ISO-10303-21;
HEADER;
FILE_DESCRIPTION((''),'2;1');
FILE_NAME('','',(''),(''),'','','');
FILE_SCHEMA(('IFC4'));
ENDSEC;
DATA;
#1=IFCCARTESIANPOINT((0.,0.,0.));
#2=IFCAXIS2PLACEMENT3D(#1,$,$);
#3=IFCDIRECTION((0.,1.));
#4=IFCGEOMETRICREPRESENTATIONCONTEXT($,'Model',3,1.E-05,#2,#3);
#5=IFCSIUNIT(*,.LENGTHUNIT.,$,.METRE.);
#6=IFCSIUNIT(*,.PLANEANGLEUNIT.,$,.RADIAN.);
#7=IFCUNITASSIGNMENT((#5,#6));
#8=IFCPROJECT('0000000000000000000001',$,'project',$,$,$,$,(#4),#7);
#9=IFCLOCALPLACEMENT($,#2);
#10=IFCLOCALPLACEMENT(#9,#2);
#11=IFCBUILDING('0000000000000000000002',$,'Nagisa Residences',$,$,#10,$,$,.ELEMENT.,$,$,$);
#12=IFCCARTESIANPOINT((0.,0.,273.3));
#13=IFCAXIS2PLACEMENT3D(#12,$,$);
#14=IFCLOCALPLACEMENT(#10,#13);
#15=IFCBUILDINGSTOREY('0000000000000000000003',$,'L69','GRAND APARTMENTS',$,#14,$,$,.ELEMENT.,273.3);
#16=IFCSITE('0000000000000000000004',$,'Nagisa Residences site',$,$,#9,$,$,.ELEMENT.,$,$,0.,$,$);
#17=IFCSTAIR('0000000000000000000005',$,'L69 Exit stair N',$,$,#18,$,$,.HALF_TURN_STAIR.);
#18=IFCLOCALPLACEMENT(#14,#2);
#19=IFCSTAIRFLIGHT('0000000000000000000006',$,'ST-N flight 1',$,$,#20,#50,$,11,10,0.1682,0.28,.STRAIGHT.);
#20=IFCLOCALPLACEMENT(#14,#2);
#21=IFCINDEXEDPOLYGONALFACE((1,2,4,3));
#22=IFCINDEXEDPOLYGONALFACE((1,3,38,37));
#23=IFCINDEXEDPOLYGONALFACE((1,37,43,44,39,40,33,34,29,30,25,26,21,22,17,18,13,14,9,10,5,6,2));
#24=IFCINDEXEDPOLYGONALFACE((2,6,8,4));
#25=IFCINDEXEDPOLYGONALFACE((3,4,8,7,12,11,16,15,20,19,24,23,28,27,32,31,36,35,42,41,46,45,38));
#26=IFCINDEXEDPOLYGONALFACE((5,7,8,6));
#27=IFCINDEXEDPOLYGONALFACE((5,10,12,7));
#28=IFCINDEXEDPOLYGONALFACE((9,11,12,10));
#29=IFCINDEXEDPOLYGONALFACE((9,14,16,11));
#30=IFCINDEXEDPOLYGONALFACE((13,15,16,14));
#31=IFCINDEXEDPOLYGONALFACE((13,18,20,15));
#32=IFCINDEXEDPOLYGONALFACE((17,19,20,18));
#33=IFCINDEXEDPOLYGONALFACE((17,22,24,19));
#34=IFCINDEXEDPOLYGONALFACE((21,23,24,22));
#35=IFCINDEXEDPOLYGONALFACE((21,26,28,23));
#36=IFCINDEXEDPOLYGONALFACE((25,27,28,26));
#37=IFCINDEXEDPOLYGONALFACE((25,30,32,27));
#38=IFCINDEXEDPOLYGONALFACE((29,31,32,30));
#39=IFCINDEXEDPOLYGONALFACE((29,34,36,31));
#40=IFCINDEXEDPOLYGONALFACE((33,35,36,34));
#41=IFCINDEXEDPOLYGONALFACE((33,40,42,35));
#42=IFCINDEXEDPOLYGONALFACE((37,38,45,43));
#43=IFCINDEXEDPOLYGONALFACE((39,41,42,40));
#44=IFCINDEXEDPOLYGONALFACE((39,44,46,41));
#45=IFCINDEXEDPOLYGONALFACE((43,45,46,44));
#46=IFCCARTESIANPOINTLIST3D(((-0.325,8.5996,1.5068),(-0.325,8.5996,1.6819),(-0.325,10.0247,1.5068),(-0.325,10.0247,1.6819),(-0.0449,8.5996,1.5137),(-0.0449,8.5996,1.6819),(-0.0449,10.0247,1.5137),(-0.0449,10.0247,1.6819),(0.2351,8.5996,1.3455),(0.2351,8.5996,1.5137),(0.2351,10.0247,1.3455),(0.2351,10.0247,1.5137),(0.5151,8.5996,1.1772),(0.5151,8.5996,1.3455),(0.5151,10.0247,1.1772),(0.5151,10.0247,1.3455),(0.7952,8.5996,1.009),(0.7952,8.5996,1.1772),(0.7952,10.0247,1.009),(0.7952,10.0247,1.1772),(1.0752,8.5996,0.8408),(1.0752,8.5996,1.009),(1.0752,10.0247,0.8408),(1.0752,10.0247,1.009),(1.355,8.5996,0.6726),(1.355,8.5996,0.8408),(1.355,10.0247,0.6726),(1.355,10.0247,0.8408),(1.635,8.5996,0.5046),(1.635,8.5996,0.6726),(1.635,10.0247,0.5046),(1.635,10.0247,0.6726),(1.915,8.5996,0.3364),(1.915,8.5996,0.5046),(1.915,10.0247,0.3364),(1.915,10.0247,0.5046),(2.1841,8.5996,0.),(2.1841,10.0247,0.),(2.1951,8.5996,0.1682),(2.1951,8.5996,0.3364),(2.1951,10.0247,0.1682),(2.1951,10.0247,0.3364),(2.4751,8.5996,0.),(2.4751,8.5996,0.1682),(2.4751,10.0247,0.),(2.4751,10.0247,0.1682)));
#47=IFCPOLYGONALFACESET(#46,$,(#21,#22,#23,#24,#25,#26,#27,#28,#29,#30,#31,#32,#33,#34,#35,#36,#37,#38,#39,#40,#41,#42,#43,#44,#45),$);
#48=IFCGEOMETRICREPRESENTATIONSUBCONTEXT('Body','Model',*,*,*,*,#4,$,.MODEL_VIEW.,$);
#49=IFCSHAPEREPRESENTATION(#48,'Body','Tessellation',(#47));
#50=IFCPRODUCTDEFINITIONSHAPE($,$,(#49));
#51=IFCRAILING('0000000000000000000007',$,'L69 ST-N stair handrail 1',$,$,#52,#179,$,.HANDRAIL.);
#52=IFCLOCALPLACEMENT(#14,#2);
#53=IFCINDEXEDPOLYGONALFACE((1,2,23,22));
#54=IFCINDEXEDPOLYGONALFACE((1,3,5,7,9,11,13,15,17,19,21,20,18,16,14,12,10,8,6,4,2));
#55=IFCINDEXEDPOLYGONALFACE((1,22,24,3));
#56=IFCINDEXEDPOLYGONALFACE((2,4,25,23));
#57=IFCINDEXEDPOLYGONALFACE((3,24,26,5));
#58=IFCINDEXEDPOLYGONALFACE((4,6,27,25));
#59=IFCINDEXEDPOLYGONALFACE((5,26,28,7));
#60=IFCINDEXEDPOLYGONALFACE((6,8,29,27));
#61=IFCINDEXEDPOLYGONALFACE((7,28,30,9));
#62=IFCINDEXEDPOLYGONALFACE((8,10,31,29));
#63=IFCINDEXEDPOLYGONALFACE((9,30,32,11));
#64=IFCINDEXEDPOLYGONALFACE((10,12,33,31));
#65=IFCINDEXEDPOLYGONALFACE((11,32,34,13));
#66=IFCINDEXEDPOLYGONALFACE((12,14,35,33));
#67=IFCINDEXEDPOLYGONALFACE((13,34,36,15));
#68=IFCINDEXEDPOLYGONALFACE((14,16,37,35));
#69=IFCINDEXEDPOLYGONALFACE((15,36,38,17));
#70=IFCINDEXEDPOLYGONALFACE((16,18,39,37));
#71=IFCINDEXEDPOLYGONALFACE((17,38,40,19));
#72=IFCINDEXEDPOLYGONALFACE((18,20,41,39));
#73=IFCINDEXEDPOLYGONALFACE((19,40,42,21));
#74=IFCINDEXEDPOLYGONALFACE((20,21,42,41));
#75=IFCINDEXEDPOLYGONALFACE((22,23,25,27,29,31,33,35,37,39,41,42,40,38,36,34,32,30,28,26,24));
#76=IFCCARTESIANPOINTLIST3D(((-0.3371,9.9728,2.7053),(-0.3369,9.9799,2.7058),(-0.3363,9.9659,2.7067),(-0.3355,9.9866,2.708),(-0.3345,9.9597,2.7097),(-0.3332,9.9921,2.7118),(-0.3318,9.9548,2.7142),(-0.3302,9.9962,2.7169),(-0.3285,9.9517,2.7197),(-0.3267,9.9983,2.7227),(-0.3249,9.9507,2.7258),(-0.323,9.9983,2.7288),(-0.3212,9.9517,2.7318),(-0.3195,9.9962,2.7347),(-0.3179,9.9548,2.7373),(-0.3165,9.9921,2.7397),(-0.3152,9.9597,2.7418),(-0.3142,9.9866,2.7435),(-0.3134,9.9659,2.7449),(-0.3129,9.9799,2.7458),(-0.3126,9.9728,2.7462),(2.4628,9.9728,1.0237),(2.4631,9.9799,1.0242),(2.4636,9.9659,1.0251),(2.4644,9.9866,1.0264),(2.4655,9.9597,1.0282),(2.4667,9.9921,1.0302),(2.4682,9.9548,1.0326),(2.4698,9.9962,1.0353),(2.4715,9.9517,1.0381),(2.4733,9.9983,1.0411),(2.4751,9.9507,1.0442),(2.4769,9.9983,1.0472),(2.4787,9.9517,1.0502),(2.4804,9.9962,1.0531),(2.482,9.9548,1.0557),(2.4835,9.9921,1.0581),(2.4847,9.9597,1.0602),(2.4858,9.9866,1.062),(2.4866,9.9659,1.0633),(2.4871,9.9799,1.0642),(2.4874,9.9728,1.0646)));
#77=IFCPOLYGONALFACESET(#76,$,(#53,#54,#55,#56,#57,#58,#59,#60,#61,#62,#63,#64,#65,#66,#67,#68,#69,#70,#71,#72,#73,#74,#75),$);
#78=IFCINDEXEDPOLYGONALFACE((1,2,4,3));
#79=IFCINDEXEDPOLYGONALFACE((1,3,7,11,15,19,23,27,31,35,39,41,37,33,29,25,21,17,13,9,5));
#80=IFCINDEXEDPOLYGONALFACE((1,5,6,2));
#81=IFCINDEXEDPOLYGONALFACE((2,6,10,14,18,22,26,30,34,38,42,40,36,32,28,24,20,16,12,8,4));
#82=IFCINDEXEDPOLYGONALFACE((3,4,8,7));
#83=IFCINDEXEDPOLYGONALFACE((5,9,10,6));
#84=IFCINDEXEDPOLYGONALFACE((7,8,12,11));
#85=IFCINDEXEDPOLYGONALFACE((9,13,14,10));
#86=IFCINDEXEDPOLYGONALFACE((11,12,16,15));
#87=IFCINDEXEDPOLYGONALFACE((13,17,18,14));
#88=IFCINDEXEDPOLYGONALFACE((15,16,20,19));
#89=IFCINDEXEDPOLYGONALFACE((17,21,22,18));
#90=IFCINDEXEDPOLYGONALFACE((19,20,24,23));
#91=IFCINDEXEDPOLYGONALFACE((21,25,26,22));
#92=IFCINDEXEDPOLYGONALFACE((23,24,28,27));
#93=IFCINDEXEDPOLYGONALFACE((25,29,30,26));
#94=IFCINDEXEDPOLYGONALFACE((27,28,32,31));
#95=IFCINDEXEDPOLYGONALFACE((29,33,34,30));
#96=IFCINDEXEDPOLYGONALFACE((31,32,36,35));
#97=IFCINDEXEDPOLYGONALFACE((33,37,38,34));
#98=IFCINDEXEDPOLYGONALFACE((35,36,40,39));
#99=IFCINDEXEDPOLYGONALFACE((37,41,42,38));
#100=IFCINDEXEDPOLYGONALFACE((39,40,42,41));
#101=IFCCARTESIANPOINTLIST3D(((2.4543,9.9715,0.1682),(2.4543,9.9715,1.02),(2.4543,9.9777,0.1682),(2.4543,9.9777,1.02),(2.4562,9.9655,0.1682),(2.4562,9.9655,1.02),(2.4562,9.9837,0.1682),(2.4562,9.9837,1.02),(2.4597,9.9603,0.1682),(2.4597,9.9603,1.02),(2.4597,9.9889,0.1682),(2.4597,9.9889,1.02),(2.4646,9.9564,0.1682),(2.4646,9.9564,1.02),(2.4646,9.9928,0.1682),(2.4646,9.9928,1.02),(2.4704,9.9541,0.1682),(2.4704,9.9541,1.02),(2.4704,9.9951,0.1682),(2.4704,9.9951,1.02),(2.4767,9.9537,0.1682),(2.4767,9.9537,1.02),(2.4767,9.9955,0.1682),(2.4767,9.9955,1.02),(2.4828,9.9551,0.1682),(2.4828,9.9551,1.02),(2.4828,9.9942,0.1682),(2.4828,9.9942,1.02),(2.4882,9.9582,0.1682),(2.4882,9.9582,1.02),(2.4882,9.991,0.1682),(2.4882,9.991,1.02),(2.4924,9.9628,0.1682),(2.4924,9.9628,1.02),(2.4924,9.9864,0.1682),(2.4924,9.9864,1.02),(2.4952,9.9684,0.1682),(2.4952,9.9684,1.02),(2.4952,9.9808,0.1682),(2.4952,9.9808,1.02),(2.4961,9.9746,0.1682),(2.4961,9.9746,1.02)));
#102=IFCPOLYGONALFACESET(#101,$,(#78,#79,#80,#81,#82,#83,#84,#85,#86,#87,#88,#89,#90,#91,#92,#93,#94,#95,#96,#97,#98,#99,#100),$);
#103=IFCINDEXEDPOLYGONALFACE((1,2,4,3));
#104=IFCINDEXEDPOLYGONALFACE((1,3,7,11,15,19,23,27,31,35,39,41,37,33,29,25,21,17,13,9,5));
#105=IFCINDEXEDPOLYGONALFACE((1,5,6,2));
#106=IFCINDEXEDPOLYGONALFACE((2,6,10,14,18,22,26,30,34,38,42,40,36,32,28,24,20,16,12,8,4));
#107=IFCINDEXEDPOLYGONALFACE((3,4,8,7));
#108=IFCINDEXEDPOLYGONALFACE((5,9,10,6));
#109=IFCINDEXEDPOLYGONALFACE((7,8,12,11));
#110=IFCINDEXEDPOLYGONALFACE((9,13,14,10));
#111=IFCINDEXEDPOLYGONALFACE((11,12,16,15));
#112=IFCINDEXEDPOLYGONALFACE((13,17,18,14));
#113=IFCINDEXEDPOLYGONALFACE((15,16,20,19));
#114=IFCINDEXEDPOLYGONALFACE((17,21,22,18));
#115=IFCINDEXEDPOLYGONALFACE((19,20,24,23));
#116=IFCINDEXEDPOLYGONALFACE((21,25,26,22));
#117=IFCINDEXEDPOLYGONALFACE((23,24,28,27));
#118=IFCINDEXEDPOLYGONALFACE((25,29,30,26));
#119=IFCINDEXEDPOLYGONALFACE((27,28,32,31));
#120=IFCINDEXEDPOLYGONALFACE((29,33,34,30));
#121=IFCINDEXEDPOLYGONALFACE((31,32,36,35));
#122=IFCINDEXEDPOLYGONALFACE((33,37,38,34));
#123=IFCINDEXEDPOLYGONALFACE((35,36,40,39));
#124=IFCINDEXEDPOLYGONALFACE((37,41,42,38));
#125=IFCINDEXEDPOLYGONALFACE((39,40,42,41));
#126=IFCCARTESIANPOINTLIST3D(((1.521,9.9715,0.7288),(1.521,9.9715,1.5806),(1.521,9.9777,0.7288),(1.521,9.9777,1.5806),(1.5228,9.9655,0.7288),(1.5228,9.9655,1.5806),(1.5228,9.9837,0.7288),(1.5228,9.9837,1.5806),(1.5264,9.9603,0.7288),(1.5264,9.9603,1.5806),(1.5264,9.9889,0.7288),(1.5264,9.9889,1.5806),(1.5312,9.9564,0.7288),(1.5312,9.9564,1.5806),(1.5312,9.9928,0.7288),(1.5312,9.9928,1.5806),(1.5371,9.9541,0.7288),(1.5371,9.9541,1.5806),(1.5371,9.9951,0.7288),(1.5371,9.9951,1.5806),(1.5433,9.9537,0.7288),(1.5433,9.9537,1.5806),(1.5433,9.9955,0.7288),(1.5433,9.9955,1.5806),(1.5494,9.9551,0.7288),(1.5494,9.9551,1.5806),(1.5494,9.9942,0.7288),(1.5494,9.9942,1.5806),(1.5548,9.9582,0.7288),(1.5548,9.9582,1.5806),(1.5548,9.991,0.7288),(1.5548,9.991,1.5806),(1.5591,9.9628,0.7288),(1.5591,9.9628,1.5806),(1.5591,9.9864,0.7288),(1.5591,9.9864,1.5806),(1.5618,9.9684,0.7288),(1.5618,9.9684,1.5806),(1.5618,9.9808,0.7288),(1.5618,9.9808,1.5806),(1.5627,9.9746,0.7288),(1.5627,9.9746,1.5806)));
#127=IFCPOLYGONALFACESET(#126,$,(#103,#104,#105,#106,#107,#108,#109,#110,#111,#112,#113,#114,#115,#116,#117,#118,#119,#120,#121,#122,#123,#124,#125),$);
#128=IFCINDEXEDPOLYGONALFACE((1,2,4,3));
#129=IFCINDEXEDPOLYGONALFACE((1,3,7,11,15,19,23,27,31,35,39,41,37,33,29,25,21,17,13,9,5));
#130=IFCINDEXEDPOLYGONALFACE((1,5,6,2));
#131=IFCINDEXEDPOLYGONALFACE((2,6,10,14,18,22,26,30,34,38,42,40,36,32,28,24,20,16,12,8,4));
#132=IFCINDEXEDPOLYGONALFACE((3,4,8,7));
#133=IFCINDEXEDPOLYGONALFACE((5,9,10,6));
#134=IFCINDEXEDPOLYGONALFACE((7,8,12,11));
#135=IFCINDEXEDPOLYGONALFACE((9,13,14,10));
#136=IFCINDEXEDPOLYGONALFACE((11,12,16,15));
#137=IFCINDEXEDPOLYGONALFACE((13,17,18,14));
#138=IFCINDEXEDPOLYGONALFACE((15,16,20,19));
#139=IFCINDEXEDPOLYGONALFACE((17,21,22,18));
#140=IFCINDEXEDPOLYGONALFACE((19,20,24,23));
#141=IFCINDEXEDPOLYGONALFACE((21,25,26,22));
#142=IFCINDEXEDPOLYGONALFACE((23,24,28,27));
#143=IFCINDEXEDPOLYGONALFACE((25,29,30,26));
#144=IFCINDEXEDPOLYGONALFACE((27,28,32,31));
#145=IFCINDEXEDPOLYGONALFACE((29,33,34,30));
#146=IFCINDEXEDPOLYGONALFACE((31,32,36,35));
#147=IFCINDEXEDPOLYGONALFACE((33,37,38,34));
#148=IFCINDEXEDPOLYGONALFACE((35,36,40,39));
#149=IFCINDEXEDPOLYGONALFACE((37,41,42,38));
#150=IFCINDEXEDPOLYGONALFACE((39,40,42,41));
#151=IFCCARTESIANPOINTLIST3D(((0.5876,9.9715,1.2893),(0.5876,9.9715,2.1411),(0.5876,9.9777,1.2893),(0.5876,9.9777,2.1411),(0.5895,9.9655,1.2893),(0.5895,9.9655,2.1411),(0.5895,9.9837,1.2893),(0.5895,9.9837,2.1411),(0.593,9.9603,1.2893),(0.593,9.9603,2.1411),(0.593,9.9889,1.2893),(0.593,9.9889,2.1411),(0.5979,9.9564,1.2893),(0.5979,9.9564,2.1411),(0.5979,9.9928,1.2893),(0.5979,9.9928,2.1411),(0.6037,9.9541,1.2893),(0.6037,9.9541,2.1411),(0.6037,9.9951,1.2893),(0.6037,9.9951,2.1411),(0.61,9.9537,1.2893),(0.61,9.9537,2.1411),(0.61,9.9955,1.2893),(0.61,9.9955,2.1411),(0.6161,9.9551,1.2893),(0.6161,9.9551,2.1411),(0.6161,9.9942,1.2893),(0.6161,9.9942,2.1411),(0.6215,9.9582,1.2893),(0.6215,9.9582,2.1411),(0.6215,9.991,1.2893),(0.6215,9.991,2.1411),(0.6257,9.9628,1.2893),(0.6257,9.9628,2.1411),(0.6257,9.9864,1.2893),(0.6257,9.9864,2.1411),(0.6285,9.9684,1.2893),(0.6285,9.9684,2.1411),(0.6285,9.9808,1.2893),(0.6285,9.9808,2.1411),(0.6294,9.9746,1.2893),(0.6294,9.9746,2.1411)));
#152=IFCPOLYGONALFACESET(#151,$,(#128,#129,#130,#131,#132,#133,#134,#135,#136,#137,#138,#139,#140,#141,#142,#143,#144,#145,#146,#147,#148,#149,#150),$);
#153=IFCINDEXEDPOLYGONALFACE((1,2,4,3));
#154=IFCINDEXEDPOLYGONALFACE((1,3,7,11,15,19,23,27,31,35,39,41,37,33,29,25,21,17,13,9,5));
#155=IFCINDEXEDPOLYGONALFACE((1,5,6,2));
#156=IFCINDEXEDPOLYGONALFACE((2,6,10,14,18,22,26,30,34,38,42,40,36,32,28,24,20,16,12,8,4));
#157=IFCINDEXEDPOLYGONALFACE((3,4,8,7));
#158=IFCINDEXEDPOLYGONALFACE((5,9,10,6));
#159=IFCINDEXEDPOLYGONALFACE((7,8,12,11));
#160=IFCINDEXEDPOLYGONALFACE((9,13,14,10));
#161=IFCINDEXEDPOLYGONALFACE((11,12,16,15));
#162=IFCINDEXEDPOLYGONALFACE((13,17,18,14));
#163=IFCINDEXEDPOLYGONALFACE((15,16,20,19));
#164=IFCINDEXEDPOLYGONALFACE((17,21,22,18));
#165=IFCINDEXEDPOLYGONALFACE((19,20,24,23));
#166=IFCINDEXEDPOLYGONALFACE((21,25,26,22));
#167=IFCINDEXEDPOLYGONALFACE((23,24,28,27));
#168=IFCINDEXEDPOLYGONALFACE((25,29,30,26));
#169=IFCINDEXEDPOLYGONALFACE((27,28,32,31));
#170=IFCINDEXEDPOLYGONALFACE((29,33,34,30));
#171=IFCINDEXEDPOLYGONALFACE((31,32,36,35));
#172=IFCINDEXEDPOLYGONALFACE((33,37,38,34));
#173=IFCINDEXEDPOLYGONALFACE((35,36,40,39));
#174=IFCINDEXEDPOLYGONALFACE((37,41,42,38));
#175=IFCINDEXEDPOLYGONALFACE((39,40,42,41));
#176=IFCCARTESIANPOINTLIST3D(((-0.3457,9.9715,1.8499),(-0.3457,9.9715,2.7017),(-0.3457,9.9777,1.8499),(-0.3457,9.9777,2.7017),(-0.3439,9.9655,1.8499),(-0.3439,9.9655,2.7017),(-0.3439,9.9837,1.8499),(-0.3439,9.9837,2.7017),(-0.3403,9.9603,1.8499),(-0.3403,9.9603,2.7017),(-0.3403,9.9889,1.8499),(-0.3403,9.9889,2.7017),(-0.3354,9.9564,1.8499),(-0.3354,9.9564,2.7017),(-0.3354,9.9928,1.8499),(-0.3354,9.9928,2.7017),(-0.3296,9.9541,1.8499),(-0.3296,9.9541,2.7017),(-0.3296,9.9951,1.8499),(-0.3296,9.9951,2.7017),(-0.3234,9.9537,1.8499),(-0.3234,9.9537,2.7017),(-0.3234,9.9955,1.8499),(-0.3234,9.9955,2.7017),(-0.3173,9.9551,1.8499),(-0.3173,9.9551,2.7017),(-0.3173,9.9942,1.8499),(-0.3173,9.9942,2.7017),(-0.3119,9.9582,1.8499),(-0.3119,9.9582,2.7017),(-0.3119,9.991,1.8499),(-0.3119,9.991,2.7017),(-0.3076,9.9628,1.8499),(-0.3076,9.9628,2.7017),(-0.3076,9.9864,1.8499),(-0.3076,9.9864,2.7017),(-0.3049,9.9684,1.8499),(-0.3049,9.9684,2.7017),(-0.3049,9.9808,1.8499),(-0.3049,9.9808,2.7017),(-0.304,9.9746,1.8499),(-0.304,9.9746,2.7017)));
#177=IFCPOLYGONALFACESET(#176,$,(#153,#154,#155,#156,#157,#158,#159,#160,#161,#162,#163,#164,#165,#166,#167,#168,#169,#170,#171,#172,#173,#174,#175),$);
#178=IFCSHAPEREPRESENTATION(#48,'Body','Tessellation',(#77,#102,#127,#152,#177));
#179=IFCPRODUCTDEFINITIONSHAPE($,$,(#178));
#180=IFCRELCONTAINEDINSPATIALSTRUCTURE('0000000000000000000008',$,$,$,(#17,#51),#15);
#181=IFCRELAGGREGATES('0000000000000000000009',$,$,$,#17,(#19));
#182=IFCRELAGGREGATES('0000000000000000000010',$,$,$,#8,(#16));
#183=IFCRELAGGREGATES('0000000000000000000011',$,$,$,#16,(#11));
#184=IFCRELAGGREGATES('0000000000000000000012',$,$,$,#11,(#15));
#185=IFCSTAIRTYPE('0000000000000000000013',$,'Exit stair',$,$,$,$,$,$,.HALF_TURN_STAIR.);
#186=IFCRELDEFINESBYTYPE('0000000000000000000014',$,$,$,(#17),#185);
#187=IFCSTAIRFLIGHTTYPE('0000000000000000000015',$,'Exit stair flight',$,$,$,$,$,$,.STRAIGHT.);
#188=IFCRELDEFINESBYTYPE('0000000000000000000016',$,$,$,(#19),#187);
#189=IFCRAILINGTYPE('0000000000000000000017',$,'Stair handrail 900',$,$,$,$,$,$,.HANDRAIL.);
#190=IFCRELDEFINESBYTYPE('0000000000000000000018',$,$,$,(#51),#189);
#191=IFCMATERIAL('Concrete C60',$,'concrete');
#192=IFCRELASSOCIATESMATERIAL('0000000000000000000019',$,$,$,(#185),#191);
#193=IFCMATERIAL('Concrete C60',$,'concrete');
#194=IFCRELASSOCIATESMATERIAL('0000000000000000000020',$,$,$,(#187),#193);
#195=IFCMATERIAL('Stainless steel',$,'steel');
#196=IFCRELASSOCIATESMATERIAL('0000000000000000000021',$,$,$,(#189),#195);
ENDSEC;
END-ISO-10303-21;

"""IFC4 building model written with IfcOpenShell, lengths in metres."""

from ifc_helpers import new_model, si_unit, direction, frame, origin, origin_2d, place, context, subcontext, project, spatial, polyline, circle, outline, extrude, material, type_object, element, aggregate, save


model = new_model("IFC4")

# Units and contexts
model_context = context("Model", 3, precision=1e-05, world=origin(), true_north=direction((0.0, 1.0)))
body_context = subcontext(model_context, "Body", "Model", "MODEL_VIEW")
ifc_project = project(units=[si_unit("LENGTHUNIT", "METRE"), si_unit("PLANEANGLEUNIT", "RADIAN")], contexts=[model_context])

# Site, building, storey
site_placement = place(None, origin())
site = spatial("IfcSite", under=ifc_project, at=site_placement, Name="Nagisa Residences site", CompositionType="ELEMENT", RefElevation=0.0)
building_placement = place(site_placement, origin())
building = spatial("IfcBuilding", under=site, at=building_placement, Name="Nagisa Residences", CompositionType="ELEMENT")
storey_placement = place(building_placement, frame((0.0, 0.0, 273.3)))
storey = spatial("IfcBuildingStorey", under=building, at=storey_placement, Name="L69", Description="GRAND APARTMENTS", CompositionType="ELEMENT", Elevation=273.3)

# Stair, stair flight
ifc_material_1 = material(Name="Concrete C60", Category="concrete")
stair_type = type_object("IfcStairType", Name="Exit stair", PredefinedType="HALF_TURN_STAIR", material=ifc_material_1)
stair_placement = place(storey_placement, origin())
stair = element("IfcStair", 1, at=stair_placement, inside=storey, type_object=stair_type, Name="L69 Exit stair N", PredefinedType="HALF_TURN_STAIR")
ifc_material_2 = material(Name="Concrete C60", Category="concrete")
stair_flight_type = type_object("IfcStairFlightType", Name="Exit stair flight", PredefinedType="STRAIGHT", material=ifc_material_2)
stair_flight_placement = place(storey_placement, frame((2.4751, 9.312, 0.0), z_axis=(0.0, 0.0, 1.0), x_axis=(-1.0, 0.0, 0.0)))
stair_flight = element("IfcStairFlight", 2, at=stair_flight_placement, type_object=stair_flight_type, Name="ST-N flight 1", NumberOfRisers=11, NumberOfTreads=10, PredefinedType="STRAIGHT", RiserHeight=0.1682, TreadLength=0.28, context=body_context, shape_type="SweptSolid", body=[
    extrude(outline(polyline([(0.0, 0.0), (0.0, 0.1682), (0.28, 0.1682), (0.28, 0.3364), (0.5601, 0.3364), (0.5601, 0.5046), (0.8401, 0.5046), (0.8401, 0.6726), (1.1201, 0.6726), (1.1201, 0.8408), (1.3999, 0.8408), (1.3999, 1.009), (1.6799, 1.009), (1.6799, 1.1772), (1.96, 1.1772), (1.96, 1.3455), (2.24, 1.3455), (2.24, 1.5137), (2.52, 1.5137), (2.52, 1.6819), (2.8, 1.6819), (2.8, 1.8501), (2.8, 1.5068), (0.291, 0.0), (0.0, 0.0)])), frame((0.0, 0.7124, 0.0), z_axis=(0.0, -1.0, 0.0), x_axis=(1.0, 0.0, 0.0)), (0.0, 0.0, 1.0), 1.425),
])
aggregate(stair, [stair_flight])

# Railing
ifc_material_3 = material(Name="Stainless steel", Category="steel")
railing_type_1 = type_object("IfcRailingType", Name="Stair handrail 900", PredefinedType="HANDRAIL", material=ifc_material_3)
railing_1_placement = place(storey_placement, frame((2.4751, 9.9746, 0.1682)))
element("IfcRailing", 3, at=railing_1_placement, inside=storey, type_object=railing_type_1, Name="L69 ST-N stair handrail 1", PredefinedType="HANDRAIL", context=body_context, shape_type="SweptSolid", body=[
    extrude(circle(Radius=0.0239, at=origin_2d()), frame((0.0, 0.0, 0.876), z_axis=(-0.857275, 0.0, 0.514858), x_axis=(0.0, -1.0, 0.0)), (0.0, 0.0, 1.0), 3.2661),
    extrude(circle(Radius=0.021, at=origin_2d()), origin(), (0.0, 0.0, 1.0), 0.8518),
    extrude(circle(Radius=0.021, at=origin_2d()), frame((-0.9333, 0.0, 0.5605)), (0.0, 0.0, 1.0), 0.8518),
    extrude(circle(Radius=0.021, at=origin_2d()), frame((-1.8667, 0.0, 1.1211)), (0.0, 0.0, 1.0), 0.8518),
    extrude(circle(Radius=0.021, at=origin_2d()), frame((-2.8, 0.0, 1.6816)), (0.0, 0.0, 1.0), 0.8518),
])

save(model, "model.ifc")
